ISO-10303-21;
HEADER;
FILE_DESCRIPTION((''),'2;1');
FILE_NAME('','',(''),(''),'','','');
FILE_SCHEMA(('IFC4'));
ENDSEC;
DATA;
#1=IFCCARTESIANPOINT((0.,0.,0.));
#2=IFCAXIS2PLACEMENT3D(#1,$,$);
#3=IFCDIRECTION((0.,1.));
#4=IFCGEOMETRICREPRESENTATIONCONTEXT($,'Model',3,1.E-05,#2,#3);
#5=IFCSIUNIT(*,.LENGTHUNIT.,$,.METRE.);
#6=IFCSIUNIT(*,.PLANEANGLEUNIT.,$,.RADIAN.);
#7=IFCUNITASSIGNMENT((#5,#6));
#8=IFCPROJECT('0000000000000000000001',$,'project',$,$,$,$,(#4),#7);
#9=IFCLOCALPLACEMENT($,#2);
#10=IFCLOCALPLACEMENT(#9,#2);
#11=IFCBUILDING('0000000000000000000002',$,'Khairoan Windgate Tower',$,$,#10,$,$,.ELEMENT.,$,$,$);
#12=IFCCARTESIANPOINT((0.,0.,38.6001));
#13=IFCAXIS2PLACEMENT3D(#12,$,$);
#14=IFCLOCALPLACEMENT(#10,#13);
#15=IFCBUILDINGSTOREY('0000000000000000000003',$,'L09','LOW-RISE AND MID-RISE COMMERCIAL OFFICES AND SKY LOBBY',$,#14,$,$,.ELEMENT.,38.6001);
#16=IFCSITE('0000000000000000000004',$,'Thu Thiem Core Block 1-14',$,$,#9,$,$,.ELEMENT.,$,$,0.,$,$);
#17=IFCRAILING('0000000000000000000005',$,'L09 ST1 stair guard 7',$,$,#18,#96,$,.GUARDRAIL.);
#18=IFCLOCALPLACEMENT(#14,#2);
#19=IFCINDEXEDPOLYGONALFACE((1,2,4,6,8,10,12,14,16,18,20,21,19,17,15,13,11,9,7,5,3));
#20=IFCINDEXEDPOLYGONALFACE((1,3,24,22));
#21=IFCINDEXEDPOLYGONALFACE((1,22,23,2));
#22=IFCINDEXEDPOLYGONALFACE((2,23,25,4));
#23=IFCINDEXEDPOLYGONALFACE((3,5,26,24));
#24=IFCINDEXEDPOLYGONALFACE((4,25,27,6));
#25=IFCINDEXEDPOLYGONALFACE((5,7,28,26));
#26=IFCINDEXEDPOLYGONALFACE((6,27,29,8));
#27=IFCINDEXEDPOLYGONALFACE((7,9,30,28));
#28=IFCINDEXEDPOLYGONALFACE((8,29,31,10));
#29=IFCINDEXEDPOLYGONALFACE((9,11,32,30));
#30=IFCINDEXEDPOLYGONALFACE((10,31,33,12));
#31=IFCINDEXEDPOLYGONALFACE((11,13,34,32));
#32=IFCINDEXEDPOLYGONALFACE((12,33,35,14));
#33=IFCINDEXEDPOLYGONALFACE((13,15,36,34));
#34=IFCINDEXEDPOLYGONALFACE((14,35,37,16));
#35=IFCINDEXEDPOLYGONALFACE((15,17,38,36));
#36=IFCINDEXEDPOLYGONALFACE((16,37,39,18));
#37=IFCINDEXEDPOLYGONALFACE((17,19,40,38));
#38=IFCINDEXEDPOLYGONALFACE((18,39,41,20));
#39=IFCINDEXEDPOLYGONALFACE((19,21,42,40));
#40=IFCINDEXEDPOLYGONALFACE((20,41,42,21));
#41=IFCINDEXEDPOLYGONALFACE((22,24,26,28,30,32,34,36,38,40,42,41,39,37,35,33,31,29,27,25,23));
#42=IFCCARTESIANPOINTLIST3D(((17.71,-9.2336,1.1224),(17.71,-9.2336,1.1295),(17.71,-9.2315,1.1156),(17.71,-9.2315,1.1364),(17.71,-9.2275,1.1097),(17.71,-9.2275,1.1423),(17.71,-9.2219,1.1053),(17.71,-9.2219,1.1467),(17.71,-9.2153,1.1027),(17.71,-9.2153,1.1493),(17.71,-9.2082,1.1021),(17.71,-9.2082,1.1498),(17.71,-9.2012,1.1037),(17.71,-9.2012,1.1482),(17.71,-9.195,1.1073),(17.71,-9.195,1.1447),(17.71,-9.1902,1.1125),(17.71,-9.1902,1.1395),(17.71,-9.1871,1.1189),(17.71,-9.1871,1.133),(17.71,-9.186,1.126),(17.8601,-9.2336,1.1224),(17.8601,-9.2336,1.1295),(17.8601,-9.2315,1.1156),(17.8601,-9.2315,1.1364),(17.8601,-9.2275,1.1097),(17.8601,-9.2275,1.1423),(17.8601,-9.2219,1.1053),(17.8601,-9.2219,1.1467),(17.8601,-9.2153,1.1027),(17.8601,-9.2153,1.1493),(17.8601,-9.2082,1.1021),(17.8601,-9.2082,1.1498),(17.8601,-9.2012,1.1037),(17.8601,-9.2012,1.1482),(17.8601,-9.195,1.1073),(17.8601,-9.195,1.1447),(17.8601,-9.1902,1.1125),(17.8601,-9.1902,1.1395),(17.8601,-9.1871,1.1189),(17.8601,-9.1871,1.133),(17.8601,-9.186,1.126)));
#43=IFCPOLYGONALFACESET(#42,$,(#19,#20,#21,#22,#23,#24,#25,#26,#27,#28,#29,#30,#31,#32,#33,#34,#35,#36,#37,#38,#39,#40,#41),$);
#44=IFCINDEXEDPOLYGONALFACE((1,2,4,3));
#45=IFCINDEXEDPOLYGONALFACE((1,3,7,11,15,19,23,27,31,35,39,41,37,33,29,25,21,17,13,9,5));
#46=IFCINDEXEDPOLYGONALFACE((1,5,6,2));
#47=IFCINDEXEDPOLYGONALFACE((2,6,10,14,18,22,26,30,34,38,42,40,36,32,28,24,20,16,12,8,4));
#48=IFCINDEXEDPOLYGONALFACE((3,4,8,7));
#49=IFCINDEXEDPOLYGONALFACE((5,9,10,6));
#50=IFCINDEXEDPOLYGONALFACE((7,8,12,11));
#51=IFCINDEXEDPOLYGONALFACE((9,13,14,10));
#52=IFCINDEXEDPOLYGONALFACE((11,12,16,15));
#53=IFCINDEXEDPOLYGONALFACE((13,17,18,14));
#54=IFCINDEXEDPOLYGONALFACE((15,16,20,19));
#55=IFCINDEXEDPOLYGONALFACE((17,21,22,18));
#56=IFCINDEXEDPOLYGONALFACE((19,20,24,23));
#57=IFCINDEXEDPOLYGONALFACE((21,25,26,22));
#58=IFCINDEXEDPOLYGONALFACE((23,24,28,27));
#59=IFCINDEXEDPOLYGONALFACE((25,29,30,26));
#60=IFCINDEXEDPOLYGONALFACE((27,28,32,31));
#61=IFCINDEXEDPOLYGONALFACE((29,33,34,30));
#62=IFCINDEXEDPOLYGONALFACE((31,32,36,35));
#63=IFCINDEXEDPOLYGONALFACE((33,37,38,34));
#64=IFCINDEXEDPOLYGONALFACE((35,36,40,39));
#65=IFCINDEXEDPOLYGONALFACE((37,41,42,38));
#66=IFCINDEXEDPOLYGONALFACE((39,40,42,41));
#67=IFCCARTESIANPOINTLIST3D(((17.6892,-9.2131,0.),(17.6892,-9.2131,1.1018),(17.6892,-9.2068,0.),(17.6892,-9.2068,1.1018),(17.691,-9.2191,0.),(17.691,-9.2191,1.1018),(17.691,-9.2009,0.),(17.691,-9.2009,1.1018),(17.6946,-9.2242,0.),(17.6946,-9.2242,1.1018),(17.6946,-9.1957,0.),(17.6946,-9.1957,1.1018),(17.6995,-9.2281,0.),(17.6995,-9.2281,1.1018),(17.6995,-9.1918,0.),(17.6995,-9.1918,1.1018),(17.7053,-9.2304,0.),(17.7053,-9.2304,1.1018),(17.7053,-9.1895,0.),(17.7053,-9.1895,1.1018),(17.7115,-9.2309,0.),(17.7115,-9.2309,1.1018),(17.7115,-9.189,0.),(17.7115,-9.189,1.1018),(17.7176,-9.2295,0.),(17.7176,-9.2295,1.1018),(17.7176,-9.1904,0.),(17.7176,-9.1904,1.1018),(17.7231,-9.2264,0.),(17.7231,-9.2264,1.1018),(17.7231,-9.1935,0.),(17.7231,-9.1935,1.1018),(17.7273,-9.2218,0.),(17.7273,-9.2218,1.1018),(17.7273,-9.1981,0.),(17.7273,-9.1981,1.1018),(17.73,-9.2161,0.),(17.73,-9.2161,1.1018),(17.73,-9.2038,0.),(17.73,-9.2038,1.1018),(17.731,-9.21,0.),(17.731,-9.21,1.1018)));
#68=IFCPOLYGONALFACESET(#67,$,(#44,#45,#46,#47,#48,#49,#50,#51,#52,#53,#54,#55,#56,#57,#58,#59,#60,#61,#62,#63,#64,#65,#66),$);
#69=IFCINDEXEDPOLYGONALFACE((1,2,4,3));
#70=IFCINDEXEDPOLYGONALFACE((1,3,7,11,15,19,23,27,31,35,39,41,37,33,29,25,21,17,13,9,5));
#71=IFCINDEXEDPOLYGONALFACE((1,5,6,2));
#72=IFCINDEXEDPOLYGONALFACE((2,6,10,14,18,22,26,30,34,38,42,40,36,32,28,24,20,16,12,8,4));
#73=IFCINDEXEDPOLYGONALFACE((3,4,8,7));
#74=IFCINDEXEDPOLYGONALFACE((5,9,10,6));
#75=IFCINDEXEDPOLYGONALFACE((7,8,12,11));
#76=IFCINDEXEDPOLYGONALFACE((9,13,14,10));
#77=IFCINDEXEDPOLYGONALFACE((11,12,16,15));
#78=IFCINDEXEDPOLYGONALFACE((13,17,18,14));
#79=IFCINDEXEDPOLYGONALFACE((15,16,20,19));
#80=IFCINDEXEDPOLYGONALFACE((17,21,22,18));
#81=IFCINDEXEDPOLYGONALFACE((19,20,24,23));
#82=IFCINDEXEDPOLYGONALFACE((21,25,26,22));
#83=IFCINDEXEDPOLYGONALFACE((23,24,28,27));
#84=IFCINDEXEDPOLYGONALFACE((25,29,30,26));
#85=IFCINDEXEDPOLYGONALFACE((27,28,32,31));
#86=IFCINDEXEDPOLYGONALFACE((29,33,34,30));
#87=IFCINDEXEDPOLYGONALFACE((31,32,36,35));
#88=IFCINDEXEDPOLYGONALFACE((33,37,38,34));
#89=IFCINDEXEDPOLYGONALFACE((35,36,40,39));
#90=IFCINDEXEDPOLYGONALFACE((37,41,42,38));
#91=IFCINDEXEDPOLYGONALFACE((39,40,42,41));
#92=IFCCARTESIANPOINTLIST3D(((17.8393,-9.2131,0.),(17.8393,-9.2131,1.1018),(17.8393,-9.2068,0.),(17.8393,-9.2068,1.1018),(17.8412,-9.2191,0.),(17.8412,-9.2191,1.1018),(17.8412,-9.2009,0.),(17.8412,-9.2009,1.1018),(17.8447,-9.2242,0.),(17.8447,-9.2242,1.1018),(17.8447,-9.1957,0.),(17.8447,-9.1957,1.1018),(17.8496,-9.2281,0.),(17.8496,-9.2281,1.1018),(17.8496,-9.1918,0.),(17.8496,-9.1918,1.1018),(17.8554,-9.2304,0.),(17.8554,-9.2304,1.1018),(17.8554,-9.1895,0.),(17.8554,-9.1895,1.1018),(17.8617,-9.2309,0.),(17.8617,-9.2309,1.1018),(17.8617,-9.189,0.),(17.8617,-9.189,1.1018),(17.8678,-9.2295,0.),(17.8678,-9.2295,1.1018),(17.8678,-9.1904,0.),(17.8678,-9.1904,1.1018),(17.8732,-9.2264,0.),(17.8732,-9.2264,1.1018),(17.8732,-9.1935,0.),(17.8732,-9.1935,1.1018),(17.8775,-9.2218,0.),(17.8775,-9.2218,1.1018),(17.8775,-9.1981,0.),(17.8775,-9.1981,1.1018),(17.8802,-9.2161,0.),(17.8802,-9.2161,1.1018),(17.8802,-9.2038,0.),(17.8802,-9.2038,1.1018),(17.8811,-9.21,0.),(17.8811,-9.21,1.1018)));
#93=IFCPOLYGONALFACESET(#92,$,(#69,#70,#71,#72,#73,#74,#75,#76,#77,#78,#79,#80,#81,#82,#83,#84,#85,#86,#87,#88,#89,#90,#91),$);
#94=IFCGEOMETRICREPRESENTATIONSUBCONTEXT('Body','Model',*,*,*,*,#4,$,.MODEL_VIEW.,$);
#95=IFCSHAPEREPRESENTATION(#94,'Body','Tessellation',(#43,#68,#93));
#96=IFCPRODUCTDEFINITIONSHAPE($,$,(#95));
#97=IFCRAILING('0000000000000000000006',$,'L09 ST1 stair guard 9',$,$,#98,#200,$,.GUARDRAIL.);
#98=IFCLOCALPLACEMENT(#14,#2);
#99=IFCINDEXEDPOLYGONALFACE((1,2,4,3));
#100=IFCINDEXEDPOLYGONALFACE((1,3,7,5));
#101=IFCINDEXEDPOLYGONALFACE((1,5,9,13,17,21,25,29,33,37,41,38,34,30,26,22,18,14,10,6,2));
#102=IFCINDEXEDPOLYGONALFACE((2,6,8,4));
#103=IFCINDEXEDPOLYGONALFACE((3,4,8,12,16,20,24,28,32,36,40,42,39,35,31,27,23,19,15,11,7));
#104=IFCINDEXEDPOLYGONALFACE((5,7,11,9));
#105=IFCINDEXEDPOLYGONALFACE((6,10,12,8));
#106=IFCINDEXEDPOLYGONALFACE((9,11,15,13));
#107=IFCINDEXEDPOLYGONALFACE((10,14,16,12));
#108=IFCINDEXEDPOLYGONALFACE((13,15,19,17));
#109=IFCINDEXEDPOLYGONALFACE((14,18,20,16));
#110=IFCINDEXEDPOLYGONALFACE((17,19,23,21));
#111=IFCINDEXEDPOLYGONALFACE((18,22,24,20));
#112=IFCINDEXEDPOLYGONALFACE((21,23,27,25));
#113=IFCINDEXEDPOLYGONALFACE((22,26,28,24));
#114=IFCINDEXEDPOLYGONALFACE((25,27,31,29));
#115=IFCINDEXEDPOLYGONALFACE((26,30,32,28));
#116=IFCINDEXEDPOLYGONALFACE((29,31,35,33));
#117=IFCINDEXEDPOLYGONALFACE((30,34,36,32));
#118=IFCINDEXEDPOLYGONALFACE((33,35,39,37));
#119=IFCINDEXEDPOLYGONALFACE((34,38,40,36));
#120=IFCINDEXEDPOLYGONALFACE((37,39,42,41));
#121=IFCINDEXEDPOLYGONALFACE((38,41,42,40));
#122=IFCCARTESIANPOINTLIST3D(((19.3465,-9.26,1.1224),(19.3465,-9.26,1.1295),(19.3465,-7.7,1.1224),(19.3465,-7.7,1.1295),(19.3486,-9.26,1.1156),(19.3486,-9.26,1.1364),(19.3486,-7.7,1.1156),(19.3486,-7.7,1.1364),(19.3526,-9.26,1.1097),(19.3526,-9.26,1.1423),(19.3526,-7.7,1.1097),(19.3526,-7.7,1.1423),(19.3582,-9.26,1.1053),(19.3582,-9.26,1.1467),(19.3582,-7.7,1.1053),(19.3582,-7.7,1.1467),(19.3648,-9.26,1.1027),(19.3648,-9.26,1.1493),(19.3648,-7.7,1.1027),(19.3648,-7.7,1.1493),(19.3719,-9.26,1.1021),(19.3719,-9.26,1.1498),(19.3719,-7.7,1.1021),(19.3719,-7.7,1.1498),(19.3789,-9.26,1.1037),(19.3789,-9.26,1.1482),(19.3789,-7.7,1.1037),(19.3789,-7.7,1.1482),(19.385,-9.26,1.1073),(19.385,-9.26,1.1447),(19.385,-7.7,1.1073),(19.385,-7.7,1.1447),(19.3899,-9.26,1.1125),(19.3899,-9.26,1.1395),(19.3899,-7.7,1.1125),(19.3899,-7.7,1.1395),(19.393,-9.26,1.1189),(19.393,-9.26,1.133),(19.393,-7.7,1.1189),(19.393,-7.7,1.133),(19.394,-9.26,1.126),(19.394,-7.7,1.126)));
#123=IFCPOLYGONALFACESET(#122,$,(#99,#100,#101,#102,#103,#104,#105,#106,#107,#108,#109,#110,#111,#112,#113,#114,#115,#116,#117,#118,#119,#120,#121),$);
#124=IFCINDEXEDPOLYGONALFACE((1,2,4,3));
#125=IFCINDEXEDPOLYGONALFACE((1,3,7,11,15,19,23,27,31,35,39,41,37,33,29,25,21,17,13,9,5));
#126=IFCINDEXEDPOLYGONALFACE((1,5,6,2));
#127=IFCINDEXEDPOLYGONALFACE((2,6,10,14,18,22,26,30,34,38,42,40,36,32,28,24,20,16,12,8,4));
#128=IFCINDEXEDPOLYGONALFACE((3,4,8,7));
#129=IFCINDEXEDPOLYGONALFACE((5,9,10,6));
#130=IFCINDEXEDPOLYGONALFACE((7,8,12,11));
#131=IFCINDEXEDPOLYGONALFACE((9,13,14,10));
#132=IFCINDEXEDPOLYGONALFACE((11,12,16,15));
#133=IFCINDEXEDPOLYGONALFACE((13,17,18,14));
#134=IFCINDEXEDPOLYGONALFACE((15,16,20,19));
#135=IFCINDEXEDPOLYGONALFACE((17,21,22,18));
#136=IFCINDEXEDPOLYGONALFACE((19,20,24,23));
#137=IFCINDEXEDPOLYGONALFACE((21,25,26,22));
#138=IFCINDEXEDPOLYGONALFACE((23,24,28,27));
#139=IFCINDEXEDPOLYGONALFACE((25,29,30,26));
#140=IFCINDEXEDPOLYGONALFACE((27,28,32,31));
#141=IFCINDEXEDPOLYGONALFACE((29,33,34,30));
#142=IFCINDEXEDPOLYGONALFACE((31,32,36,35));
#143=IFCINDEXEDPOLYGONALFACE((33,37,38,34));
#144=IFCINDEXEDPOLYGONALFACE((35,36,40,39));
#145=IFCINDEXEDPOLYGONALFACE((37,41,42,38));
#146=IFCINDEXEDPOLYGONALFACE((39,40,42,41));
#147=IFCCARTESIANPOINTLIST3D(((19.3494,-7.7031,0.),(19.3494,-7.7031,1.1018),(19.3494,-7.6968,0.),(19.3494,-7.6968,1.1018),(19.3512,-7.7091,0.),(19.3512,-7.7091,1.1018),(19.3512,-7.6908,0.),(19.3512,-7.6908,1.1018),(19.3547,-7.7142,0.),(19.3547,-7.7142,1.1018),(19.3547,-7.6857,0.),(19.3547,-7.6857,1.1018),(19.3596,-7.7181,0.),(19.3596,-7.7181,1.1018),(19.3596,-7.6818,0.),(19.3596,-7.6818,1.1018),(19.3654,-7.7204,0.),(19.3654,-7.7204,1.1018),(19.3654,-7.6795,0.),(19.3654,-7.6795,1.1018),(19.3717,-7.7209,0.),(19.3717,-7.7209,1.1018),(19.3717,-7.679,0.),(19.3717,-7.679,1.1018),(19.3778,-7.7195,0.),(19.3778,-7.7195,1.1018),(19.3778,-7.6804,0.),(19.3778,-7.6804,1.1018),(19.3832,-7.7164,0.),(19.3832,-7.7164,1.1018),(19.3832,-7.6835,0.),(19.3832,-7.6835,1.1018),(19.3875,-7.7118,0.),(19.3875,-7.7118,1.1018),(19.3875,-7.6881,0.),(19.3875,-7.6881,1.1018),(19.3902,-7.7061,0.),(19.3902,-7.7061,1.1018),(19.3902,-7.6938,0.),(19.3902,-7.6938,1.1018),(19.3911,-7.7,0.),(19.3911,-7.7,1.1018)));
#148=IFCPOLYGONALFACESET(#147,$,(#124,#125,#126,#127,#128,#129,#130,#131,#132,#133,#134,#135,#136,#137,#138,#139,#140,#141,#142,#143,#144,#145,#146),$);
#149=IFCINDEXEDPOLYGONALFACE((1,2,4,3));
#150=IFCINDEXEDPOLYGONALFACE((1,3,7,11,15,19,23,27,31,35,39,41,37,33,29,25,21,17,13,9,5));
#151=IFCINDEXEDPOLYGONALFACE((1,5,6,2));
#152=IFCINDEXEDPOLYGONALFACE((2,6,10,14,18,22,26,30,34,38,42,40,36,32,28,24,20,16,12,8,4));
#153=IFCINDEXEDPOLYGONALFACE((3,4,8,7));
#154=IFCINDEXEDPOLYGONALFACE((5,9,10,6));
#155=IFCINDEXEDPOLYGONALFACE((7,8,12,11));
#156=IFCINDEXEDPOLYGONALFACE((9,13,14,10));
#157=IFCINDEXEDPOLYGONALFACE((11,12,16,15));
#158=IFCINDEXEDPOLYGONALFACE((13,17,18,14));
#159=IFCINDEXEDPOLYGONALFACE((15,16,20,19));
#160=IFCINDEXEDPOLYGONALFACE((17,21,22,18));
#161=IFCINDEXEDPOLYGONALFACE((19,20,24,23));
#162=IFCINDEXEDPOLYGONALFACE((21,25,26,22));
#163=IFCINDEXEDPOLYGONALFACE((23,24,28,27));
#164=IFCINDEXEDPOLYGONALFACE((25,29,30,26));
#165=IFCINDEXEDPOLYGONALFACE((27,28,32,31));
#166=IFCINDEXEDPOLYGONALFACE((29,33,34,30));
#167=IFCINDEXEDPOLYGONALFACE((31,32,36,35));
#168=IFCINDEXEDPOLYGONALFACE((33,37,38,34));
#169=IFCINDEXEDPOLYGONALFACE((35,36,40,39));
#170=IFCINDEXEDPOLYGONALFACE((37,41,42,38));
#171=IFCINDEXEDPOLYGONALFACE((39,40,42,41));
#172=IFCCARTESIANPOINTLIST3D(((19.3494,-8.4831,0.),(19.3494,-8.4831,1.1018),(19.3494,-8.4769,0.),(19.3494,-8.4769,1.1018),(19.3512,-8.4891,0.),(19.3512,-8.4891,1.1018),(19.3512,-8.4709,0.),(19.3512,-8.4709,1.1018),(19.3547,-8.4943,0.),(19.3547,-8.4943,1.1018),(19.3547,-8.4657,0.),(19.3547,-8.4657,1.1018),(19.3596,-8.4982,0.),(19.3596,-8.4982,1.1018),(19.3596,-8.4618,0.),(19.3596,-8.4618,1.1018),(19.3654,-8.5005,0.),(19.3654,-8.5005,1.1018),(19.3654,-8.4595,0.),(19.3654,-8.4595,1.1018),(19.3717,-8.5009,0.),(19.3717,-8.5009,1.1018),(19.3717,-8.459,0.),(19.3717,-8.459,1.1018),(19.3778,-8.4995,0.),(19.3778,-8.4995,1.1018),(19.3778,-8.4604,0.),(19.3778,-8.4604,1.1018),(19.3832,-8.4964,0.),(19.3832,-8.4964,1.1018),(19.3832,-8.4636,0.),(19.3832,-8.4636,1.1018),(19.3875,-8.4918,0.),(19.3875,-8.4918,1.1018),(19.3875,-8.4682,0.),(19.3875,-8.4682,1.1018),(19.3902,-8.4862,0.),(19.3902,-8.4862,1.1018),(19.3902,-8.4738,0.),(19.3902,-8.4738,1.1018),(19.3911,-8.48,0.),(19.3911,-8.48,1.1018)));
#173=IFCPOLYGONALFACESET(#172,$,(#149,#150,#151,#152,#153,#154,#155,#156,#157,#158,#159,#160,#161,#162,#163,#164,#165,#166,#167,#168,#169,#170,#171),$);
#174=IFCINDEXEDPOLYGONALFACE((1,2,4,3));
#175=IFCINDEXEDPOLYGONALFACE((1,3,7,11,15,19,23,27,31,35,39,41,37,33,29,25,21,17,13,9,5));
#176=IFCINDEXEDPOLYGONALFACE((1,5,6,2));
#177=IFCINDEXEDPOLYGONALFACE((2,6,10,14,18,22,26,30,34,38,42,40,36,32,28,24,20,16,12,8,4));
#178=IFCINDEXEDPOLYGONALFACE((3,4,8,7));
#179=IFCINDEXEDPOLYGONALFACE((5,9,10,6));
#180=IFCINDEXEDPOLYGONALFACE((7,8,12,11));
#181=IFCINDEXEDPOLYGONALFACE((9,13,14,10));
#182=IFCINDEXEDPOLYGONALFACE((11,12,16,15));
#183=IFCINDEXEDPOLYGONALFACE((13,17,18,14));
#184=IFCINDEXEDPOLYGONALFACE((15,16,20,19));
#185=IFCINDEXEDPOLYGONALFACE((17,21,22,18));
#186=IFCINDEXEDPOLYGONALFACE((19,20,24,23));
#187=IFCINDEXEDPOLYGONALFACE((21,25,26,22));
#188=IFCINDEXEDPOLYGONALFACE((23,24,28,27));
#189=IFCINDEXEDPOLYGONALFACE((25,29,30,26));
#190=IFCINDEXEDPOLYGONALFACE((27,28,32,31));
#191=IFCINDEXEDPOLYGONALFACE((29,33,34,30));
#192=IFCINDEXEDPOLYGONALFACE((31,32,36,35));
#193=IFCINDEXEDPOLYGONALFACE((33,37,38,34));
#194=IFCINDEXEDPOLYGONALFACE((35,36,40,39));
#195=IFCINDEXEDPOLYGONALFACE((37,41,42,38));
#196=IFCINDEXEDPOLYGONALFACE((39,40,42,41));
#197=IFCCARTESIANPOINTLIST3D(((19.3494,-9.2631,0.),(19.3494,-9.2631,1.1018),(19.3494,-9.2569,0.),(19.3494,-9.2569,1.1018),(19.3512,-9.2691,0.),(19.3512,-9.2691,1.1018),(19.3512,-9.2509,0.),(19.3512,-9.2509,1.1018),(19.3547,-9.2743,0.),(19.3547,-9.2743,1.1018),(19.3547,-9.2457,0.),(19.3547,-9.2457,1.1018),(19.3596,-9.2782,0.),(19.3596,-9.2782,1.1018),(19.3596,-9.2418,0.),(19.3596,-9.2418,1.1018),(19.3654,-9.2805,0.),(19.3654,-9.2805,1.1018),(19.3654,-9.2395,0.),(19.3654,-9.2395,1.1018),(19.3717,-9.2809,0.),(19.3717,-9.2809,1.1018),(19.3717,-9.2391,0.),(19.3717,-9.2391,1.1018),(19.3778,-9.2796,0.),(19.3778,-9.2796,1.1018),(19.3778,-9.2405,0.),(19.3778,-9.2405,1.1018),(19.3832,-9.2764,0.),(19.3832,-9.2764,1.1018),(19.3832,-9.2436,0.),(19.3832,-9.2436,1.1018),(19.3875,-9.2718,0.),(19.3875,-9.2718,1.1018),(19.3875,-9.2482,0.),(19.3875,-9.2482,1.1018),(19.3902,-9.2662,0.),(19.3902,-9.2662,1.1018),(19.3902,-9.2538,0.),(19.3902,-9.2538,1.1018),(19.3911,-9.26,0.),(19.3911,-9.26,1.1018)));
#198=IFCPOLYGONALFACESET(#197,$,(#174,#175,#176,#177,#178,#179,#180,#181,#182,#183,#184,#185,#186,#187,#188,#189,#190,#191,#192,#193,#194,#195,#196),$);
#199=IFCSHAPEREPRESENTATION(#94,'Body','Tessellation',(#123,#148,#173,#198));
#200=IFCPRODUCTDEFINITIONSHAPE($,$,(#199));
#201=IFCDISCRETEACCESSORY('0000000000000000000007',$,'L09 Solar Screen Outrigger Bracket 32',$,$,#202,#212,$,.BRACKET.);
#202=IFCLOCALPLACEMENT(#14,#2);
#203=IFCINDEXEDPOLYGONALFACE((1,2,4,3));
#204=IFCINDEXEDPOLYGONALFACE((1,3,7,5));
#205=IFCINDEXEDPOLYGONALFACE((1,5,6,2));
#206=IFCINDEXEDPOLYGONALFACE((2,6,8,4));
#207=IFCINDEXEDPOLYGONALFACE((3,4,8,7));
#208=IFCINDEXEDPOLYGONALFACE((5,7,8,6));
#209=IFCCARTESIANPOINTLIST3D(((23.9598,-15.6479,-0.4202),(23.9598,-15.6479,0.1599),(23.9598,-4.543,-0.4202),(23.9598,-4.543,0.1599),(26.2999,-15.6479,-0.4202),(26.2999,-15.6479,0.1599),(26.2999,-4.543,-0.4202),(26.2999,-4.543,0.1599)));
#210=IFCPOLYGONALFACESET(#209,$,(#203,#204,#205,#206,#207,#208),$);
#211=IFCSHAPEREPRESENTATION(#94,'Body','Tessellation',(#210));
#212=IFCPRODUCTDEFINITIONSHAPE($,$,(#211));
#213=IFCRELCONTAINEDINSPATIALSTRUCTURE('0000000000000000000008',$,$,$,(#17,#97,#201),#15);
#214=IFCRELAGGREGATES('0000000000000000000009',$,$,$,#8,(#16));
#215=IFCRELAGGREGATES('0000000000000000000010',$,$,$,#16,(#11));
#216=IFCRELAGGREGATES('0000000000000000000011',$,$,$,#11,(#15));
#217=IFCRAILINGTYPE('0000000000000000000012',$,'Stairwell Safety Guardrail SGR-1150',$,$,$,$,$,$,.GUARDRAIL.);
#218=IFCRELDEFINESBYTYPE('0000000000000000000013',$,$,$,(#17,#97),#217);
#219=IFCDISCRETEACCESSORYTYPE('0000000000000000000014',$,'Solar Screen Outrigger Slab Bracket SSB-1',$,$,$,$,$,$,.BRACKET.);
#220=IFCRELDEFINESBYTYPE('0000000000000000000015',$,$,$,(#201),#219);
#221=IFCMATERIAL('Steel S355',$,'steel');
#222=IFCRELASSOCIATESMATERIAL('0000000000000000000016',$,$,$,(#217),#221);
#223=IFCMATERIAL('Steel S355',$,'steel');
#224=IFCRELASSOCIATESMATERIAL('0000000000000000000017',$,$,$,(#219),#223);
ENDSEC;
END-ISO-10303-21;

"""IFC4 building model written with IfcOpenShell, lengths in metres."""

from ifc_helpers import new_model, si_unit, direction, frame, origin, origin_2d, place, context, subcontext, project, spatial, rectangle, circle, extrude, material, type_object, element, save


model = new_model("IFC4")

# Units and contexts
model_context = context("Model", 3, precision=1e-05, world=origin(), true_north=direction((0.0, 1.0)))
body_context = subcontext(model_context, "Body", "Model", "MODEL_VIEW")
ifc_project = project(units=[si_unit("LENGTHUNIT", "METRE"), si_unit("PLANEANGLEUNIT", "RADIAN")], contexts=[model_context])

# Site, building, storey
site_placement = place(None, origin())
site = spatial("IfcSite", under=ifc_project, at=site_placement, Name="Thu Thiem Core Block 1-14", CompositionType="ELEMENT", RefElevation=0.0)
building_placement = place(site_placement, origin())
building = spatial("IfcBuilding", under=site, at=building_placement, Name="Khairoan Windgate Tower", CompositionType="ELEMENT")
storey_placement = place(building_placement, frame((0.0, 0.0, 38.6001)))
storey = spatial("IfcBuildingStorey", under=building, at=storey_placement, Name="L09", Description="LOW-RISE AND MID-RISE COMMERCIAL OFFICES AND SKY LOBBY", CompositionType="ELEMENT", Elevation=38.6001)

# Railings
ifc_material_1 = material(Name="Steel S355", Category="steel")
railing_type = type_object("IfcRailingType", Name="Stairwell Safety Guardrail SGR-1150", PredefinedType="GUARDRAIL", material=ifc_material_1)
railing_1_placement = place(storey_placement, frame((17.71, -9.21, 0.0)))
element("IfcRailing", 1, at=railing_1_placement, inside=storey, type_object=railing_type, Name="L09 ST1 stair guard 7", PredefinedType="GUARDRAIL", context=body_context, shape_type="SweptSolid", body=[
    extrude(circle(Radius=0.0239, at=origin_2d()), frame((0.0, 0.0, 1.126), z_axis=(1.0, 0.0, 0.0), x_axis=(0.0, 1.0, 0.0)), (0.0, 0.0, 1.0), 0.1501),
    extrude(circle(Radius=0.021, at=origin_2d()), origin(), (0.0, 0.0, 1.0), 1.1018),
    extrude(circle(Radius=0.021, at=origin_2d()), frame((0.1501, 0.0, 0.0)), (0.0, 0.0, 1.0), 1.1018),
])
railing_2_placement = place(storey_placement, frame((19.3701, -7.7, 0.0)))
element("IfcRailing", 2, at=railing_2_placement, inside=storey, type_object=railing_type, Name="L09 ST1 stair guard 9", PredefinedType="GUARDRAIL", context=body_context, shape_type="SweptSolid", body=[
    extrude(circle(Radius=0.0239, at=origin_2d()), frame((0.0, 0.0, 1.126), z_axis=(0.0, -1.0, 0.0), x_axis=(1.0, 0.0, 0.0)), (0.0, 0.0, 1.0), 1.5601),
    extrude(circle(Radius=0.021, at=origin_2d()), origin(), (0.0, 0.0, 1.0), 1.1018),
    extrude(circle(Radius=0.021, at=origin_2d()), frame((0.0, -0.78, 0.0)), (0.0, 0.0, 1.0), 1.1018),
    extrude(circle(Radius=0.021, at=origin_2d()), frame((0.0, -1.5601, 0.0)), (0.0, 0.0, 1.0), 1.1018),
])

# Discrete accessory
ifc_material_2 = material(Name="Steel S355", Category="steel")
discrete_accessory_type = type_object("IfcDiscreteAccessoryType", Name="Solar Screen Outrigger Slab Bracket SSB-1", PredefinedType="BRACKET", material=ifc_material_2)
discrete_accessory_placement = place(storey_placement, frame((25.1299, -10.0955, -0.4202), z_axis=(0.0, 0.0, 1.0), x_axis=(0.0, -1.0, 0.0)))
element("IfcDiscreteAccessory", 3, at=discrete_accessory_placement, inside=storey, type_object=discrete_accessory_type, Name="L09 Solar Screen Outrigger Bracket 32", PredefinedType="BRACKET", context=body_context, shape_type="SweptSolid", body=[
    extrude(rectangle(XDim=11.105, YDim=2.3401, at=origin_2d()), origin(), (0.0, 0.0, 1.0), 0.5801),
])

save(model, "model.ifc")
